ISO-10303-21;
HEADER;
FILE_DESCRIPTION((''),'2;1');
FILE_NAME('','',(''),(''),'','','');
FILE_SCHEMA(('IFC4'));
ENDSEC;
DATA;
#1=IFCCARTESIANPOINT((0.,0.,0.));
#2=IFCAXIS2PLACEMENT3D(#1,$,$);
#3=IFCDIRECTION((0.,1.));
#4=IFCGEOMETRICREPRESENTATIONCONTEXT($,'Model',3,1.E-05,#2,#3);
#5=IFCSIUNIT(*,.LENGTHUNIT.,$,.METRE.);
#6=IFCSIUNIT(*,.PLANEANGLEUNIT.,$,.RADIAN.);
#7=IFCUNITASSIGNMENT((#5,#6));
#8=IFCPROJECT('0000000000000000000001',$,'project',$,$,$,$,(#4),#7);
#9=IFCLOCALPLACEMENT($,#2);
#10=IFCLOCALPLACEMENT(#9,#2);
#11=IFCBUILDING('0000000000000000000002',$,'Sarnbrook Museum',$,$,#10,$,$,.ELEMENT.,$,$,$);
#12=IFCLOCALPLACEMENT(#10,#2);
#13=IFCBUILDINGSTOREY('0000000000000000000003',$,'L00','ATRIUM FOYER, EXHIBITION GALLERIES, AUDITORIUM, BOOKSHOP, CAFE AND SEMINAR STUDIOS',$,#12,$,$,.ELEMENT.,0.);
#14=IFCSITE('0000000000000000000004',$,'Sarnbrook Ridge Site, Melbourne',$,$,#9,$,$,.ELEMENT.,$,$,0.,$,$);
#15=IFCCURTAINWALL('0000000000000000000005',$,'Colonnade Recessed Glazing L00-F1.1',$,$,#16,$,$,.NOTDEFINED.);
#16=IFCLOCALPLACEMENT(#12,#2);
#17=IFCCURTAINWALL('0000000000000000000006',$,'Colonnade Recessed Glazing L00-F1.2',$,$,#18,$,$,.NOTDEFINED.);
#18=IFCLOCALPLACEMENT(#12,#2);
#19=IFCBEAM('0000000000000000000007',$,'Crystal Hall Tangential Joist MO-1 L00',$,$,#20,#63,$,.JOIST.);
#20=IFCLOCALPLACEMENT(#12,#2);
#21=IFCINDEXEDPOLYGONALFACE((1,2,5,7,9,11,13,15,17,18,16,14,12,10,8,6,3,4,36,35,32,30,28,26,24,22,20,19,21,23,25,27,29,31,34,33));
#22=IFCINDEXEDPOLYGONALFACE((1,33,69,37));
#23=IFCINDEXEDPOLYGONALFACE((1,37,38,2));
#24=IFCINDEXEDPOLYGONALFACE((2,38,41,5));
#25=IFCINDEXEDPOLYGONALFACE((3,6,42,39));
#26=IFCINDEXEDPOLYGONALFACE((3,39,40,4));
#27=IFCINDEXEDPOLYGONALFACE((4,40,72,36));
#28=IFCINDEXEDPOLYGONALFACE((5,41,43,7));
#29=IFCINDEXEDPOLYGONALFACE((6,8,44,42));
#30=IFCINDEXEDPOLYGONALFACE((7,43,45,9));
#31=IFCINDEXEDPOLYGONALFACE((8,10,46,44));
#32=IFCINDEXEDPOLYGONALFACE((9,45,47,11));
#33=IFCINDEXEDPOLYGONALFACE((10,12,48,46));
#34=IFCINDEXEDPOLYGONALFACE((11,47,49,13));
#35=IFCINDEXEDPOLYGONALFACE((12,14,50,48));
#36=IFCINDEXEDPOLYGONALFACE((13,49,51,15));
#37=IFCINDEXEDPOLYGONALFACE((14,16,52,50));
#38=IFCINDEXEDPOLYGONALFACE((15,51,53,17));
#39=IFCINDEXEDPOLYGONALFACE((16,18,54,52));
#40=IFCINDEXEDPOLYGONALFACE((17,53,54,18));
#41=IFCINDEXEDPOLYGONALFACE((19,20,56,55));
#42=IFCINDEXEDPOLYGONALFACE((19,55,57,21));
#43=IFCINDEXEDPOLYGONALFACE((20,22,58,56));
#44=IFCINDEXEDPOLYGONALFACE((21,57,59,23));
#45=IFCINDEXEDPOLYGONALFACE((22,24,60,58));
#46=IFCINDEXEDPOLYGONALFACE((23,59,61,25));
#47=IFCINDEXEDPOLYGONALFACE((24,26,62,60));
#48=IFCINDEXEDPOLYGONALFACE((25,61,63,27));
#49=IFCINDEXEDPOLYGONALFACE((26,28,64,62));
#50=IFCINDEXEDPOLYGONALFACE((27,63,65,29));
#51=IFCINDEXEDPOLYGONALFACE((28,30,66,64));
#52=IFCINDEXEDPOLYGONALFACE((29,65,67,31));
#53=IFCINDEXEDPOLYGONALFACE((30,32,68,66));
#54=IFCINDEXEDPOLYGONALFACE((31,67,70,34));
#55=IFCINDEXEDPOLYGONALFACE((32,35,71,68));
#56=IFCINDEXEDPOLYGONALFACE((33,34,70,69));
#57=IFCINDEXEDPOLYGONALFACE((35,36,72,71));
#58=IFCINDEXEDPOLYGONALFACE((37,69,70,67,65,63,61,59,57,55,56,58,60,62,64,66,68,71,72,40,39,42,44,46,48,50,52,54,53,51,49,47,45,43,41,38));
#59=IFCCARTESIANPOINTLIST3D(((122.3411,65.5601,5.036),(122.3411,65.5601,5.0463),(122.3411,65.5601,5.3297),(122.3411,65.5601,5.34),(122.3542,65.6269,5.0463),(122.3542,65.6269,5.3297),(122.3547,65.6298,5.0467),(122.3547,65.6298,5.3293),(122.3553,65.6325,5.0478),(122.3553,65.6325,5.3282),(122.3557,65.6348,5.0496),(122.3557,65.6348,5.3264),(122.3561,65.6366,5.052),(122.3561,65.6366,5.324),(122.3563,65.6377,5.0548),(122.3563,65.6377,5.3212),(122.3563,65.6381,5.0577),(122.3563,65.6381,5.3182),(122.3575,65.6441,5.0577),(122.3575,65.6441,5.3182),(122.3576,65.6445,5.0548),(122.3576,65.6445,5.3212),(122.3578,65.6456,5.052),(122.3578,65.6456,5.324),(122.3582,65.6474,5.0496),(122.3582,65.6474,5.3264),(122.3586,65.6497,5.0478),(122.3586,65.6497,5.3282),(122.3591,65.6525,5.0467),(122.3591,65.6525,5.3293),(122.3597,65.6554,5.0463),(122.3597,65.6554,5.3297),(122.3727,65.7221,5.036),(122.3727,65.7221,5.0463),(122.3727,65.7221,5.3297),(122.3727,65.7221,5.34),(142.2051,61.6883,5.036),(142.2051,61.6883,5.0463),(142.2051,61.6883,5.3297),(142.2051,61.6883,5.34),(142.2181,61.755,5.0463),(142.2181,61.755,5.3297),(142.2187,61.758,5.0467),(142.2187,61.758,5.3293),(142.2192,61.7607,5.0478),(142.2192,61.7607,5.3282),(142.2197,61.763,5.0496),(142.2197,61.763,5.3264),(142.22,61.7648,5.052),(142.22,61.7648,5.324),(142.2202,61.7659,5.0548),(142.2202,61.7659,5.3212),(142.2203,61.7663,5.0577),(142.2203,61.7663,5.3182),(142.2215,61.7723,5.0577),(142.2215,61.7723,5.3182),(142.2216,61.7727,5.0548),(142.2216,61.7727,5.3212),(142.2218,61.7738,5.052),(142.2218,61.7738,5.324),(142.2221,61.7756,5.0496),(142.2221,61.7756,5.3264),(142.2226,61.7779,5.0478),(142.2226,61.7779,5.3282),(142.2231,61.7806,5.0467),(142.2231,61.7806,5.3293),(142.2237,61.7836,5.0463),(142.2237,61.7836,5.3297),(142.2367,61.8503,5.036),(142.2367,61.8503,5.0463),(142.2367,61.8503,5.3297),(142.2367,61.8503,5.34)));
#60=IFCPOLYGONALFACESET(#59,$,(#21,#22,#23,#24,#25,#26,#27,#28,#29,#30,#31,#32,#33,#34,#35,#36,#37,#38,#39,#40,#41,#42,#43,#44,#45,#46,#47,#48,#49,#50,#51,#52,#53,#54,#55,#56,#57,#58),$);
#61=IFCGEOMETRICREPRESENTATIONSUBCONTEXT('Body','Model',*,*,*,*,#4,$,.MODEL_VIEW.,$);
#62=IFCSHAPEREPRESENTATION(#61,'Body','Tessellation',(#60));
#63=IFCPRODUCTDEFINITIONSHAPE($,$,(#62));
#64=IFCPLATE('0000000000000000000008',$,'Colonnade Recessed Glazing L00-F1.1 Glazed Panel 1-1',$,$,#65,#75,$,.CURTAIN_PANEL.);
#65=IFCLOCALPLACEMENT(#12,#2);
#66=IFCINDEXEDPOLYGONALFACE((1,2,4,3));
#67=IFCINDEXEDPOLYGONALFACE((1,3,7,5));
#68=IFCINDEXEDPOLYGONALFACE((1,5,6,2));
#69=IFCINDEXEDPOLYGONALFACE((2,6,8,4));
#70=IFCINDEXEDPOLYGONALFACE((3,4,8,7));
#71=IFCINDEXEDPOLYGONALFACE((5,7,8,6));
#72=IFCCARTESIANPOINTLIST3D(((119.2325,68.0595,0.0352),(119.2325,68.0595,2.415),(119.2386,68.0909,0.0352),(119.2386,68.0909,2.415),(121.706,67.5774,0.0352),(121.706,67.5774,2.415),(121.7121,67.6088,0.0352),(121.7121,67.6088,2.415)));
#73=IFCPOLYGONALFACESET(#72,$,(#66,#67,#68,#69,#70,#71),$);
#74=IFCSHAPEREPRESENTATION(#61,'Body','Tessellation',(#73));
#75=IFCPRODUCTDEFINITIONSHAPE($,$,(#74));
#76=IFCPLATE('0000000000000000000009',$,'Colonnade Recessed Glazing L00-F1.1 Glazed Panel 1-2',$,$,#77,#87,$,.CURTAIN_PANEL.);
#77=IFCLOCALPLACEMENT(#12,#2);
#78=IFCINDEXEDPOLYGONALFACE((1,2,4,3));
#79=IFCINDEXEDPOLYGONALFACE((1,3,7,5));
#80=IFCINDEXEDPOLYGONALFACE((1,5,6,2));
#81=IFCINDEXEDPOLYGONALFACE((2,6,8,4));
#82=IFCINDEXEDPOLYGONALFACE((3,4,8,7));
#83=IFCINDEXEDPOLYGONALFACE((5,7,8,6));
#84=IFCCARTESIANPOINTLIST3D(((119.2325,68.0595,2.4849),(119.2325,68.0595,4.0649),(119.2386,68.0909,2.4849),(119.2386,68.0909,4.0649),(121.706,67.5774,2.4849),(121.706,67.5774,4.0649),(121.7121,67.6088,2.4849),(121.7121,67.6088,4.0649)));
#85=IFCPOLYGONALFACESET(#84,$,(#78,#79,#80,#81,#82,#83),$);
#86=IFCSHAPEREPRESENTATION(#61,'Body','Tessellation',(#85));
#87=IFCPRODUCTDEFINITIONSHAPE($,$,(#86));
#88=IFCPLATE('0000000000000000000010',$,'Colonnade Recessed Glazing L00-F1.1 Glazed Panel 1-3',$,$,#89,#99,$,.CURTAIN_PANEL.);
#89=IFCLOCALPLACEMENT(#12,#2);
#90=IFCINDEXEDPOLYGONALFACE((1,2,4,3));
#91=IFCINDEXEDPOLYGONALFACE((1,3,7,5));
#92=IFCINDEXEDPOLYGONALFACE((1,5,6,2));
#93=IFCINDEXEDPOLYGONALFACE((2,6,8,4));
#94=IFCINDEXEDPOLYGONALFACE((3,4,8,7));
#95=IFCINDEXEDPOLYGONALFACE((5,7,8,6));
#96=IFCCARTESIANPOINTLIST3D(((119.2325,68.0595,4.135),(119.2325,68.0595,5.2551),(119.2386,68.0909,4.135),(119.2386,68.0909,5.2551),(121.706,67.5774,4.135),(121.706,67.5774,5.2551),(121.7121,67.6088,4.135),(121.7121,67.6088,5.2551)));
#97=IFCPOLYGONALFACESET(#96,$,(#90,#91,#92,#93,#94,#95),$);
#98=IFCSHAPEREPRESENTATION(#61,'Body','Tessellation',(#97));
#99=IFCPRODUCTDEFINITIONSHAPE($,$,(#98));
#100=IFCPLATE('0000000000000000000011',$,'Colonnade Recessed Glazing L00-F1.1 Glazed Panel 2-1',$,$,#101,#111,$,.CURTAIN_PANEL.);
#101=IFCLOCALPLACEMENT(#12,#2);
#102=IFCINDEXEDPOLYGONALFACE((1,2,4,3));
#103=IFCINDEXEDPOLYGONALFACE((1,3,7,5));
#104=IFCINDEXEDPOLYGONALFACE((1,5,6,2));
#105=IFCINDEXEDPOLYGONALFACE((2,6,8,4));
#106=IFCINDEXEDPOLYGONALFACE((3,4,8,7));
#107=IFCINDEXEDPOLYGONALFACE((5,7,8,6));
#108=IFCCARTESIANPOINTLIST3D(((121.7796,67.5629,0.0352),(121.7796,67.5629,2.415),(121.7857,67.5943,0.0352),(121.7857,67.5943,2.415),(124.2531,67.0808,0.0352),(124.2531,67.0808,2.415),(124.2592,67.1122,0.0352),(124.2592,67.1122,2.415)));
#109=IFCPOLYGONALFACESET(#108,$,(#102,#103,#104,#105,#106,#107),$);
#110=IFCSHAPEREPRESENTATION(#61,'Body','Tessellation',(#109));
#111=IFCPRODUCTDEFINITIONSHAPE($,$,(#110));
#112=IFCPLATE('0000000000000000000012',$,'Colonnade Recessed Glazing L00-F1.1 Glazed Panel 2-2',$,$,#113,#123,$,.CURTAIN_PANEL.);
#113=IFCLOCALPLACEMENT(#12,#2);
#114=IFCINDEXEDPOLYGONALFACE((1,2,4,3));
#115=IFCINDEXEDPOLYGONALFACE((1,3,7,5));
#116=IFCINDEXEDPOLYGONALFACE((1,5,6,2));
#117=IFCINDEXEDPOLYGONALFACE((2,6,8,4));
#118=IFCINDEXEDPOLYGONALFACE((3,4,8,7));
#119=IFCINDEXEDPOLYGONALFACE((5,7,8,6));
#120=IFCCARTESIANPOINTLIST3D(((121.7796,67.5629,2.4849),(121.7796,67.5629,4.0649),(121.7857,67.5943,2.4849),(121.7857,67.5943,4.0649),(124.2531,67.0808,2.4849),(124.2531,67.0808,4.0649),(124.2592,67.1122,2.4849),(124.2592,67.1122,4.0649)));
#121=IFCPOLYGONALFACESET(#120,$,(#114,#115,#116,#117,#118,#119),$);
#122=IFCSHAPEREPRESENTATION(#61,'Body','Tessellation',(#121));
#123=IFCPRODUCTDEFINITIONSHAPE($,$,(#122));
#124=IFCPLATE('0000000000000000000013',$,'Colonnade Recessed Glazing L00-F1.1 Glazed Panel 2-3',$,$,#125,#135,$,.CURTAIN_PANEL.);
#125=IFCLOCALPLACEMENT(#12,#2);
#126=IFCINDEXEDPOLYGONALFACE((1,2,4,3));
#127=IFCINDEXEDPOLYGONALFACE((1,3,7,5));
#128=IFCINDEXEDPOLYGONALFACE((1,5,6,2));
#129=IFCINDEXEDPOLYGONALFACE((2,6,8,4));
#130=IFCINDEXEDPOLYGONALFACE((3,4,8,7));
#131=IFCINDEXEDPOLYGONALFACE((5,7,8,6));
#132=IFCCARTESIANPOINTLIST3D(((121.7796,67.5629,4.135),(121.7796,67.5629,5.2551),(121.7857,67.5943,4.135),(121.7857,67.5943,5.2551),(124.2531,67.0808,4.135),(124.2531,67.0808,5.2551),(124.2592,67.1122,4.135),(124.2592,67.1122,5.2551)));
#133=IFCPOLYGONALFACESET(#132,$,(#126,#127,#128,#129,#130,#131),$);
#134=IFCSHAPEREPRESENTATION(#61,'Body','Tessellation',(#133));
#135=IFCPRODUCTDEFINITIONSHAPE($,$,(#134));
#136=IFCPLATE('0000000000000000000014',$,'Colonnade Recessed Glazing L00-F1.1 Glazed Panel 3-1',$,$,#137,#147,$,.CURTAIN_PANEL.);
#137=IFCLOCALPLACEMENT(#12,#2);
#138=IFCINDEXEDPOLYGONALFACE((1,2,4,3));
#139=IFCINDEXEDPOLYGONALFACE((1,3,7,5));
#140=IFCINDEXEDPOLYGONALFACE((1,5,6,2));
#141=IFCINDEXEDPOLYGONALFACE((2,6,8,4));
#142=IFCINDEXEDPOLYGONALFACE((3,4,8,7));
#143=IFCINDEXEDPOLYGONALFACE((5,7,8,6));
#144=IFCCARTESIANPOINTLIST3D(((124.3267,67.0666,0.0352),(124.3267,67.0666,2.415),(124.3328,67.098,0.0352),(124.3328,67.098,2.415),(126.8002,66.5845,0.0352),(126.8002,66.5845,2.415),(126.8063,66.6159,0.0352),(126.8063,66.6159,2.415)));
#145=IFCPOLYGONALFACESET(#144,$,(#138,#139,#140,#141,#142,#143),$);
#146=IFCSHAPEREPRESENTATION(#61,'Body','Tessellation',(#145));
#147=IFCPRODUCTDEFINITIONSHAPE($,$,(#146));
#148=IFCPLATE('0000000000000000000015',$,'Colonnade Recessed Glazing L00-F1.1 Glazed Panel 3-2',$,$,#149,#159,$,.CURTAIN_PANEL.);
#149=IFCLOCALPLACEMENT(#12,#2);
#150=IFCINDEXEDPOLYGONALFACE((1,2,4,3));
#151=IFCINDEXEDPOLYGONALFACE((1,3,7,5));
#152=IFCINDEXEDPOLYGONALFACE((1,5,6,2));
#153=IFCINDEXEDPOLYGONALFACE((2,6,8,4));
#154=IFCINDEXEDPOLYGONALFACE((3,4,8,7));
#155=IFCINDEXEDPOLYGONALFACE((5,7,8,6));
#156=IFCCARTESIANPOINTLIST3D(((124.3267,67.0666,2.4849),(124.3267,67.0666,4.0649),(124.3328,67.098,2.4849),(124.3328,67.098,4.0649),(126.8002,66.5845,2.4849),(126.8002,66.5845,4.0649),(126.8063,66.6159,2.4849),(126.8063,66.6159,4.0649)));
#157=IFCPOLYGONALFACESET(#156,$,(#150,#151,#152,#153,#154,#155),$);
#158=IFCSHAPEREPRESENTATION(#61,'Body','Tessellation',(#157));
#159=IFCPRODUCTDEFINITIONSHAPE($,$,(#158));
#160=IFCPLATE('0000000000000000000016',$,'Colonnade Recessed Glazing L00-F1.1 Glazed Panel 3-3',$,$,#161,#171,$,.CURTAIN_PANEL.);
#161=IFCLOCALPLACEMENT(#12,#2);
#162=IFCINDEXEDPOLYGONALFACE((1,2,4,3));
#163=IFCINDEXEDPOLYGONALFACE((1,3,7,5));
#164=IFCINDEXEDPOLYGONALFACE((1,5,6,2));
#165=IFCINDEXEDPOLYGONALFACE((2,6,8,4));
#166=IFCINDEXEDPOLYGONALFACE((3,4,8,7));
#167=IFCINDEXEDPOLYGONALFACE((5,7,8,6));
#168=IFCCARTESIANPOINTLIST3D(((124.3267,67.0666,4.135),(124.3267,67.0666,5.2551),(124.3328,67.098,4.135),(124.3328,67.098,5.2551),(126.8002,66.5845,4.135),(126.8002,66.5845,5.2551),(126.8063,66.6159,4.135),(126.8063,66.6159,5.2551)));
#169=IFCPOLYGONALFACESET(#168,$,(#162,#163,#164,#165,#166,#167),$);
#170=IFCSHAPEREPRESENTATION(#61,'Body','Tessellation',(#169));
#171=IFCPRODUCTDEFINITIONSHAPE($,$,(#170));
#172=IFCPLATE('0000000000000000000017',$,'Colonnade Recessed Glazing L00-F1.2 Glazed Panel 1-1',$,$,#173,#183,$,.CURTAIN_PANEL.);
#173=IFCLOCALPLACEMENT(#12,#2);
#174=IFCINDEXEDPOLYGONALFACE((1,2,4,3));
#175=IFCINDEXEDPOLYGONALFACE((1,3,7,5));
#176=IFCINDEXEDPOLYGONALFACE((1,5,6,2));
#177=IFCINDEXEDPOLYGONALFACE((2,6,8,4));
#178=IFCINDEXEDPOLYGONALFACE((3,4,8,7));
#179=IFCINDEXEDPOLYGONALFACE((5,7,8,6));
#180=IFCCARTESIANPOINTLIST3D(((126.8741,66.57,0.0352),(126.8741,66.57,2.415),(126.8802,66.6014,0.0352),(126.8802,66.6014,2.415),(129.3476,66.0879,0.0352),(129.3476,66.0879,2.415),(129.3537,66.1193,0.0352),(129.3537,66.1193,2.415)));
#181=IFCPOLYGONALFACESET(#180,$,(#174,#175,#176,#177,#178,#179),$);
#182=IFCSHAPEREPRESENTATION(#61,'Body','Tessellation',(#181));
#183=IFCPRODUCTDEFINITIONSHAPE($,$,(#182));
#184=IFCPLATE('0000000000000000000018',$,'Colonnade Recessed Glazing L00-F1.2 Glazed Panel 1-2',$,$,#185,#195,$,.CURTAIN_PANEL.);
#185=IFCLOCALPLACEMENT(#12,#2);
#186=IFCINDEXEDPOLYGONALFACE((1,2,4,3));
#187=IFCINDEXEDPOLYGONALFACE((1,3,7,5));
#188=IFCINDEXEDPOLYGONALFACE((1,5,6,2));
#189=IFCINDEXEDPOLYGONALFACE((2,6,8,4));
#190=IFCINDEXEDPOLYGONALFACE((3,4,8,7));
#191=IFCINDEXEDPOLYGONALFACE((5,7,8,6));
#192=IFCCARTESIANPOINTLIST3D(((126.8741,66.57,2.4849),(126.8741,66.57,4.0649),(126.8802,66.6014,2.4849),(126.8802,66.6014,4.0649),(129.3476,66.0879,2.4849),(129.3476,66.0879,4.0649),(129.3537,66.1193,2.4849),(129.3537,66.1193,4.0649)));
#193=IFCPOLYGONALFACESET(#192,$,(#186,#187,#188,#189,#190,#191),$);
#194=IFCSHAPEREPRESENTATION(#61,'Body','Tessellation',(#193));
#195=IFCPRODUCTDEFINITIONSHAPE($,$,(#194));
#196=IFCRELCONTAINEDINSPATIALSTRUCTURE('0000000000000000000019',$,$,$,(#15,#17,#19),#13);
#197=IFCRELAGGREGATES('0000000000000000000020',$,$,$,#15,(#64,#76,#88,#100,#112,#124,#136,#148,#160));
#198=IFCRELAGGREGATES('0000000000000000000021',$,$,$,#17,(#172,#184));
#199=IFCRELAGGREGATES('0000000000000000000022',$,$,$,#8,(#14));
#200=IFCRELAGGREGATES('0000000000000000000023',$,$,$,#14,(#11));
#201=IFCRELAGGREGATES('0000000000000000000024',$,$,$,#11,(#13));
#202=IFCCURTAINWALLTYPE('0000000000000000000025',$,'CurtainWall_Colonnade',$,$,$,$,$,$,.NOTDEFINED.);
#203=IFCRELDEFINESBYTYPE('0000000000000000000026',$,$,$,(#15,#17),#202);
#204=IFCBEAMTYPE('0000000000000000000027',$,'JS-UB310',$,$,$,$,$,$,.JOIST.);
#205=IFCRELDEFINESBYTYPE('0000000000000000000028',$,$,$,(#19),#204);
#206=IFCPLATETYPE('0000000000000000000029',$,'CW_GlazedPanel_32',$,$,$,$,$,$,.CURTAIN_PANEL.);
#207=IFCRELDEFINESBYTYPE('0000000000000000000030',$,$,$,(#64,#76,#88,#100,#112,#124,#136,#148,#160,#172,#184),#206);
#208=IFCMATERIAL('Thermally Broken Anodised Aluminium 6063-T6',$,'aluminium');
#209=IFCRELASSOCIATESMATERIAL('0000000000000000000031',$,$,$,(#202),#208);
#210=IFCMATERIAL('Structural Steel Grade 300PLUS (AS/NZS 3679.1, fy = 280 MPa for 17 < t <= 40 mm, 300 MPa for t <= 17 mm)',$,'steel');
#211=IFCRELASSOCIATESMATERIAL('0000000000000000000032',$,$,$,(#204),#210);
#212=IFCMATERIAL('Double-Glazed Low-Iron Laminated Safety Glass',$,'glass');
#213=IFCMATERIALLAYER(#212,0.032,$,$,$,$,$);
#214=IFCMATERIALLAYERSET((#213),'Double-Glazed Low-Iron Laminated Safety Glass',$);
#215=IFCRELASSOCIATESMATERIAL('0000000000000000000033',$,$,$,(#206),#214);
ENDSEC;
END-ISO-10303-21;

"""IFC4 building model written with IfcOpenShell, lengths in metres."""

from ifc_helpers import new_model, si_unit, direction, frame, origin, origin_2d, place, context, subcontext, project, spatial, rectangle, i_section, extrude, material, layer, layer_set, material_profile, profile_set, type_object, element, aggregate, save


model = new_model("IFC4")

# Units and contexts
model_context = context("Model", 3, precision=1e-05, world=origin(), true_north=direction((0.0, 1.0)))
body_context = subcontext(model_context, "Body", "Model", "MODEL_VIEW")
ifc_project = project(units=[si_unit("LENGTHUNIT", "METRE"), si_unit("PLANEANGLEUNIT", "RADIAN")], contexts=[model_context])

# Site, building, storey
site_placement = place(None, origin())
site = spatial("IfcSite", under=ifc_project, at=site_placement, Name="Sarnbrook Ridge Site, Melbourne", CompositionType="ELEMENT", RefElevation=0.0)
building_placement = place(site_placement, origin())
building = spatial("IfcBuilding", under=site, at=building_placement, Name="Sarnbrook Museum", CompositionType="ELEMENT")
storey_placement = place(building_placement, origin())
storey = spatial("IfcBuildingStorey", under=building, at=storey_placement, Name="L00", Description="ATRIUM FOYER, EXHIBITION GALLERIES, AUDITORIUM, BOOKSHOP, CAFE AND SEMINAR STUDIOS", CompositionType="ELEMENT", Elevation=0.0)

# Curtain walls
ifc_material_1 = material(Name="Thermally Broken Anodised Aluminium 6063-T6", Category="aluminium")
curtain_wall_type = type_object("IfcCurtainWallType", Name="CurtainWall_Colonnade", PredefinedType="NOTDEFINED", material=ifc_material_1)
curtain_wall_1_placement = place(storey_placement, origin())
curtain_wall_1 = element("IfcCurtainWall", 1, at=curtain_wall_1_placement, inside=storey, type_object=curtain_wall_type, Name="Colonnade Recessed Glazing L00-F1.1", PredefinedType="NOTDEFINED")
curtain_wall_2_placement = place(storey_placement, origin())
curtain_wall_2 = element("IfcCurtainWall", 2, at=curtain_wall_2_placement, inside=storey, type_object=curtain_wall_type, Name="Colonnade Recessed Glazing L00-F1.2", PredefinedType="NOTDEFINED")

# Beam
ifc_material_2 = material(Name="Structural Steel Grade 300PLUS (AS/NZS 3679.1, fy = 280 MPa for 17 < t <= 40 mm, 300 MPa for t <= 17 mm)", Category="steel")
ifc_material_profile_1 = material_profile(ifc_material_2, i_section(OverallWidth=0.165, OverallDepth=0.304, WebThickness=0.0061, FlangeThickness=0.0103, FilletRadius=0.0115, at=origin_2d()), Name="310UB40.4")
ifc_profile_set_1 = profile_set([ifc_material_profile_1], Name="Structural Steel Grade 300PLUS (AS/NZS 3679.1, fy = 280 MPa for 17 < t <= 40 mm, 300 MPa for t <= 17 mm)")
beam_type_1 = type_object("IfcBeamType", Name="JS-UB310", PredefinedType="JOIST", material=ifc_profile_set_1)
beam_1_placement = place(storey_placement, frame((122.3569, 65.6411, 5.188), z_axis=(0.981528, -0.191316, 0.0), x_axis=(0.191316, 0.981528, 0.0)))
element("IfcBeam", 3, at=beam_1_placement, inside=storey, type_object=beam_type_1, Name="Crystal Hall Tangential Joist MO-1 L00", PredefinedType="JOIST", context=body_context, shape_type="SweptSolid", body=[
    extrude(i_section(OverallWidth=0.165, OverallDepth=0.304, WebThickness=0.0061, FlangeThickness=0.0103, FilletRadius=0.0115, at=origin_2d()), origin(), (0.0, 0.0, 1.0), 20.2378),
])

# Plates
ifc_material_3 = material(Name="Double-Glazed Low-Iron Laminated Safety Glass", Category="glass")
ifc_layer = layer(ifc_material_3, 0.032)
ifc_layer_set = layer_set([ifc_layer], Name="Double-Glazed Low-Iron Laminated Safety Glass")
plate_type = type_object("IfcPlateType", Name="CW_GlazedPanel_32", PredefinedType="CURTAIN_PANEL", material=ifc_layer_set)
plate_1_placement = place(storey_placement, frame((120.4753, 67.8499, 1.2251), z_axis=(-0.191314, -0.981529, 0.0), x_axis=(0.981529, -0.191314, 0.0)))
plate_1 = element("IfcPlate", 4, at=plate_1_placement, type_object=plate_type, Name="Colonnade Recessed Glazing L00-F1.1 Glazed Panel 1-1", PredefinedType="CURTAIN_PANEL", context=body_context, shape_type="SweptSolid", body=[
    extrude(rectangle(XDim=2.52, YDim=2.3799, at=origin_2d()), origin(), (0.0, 0.0, 1.0), 0.032),
])
plate_2_placement = place(storey_placement, frame((120.4753, 67.8499, 3.2749), z_axis=(-0.191314, -0.981529, 0.0), x_axis=(0.981529, -0.191314, 0.0)))
plate_2 = element("IfcPlate", 5, at=plate_2_placement, type_object=plate_type, Name="Colonnade Recessed Glazing L00-F1.1 Glazed Panel 1-2", PredefinedType="CURTAIN_PANEL", context=body_context, shape_type="SweptSolid", body=[
    extrude(rectangle(XDim=2.52, YDim=1.5801, at=origin_2d()), origin(), (0.0, 0.0, 1.0), 0.032),
])
plate_3_placement = place(storey_placement, frame((120.4753, 67.8499, 4.6951), z_axis=(-0.191314, -0.981529, 0.0), x_axis=(0.981529, -0.191314, 0.0)))
plate_3 = element("IfcPlate", 6, at=plate_3_placement, type_object=plate_type, Name="Colonnade Recessed Glazing L00-F1.1 Glazed Panel 1-3", PredefinedType="CURTAIN_PANEL", context=body_context, shape_type="SweptSolid", body=[
    extrude(rectangle(XDim=2.52, YDim=1.1201, at=origin_2d()), origin(), (0.0, 0.0, 1.0), 0.032),
])
plate_4_placement = place(storey_placement, frame((123.0225, 67.3533, 1.2251), z_axis=(-0.191314, -0.981529, 0.0), x_axis=(0.981529, -0.191314, 0.0)))
plate_4 = element("IfcPlate", 7, at=plate_4_placement, type_object=plate_type, Name="Colonnade Recessed Glazing L00-F1.1 Glazed Panel 2-1", PredefinedType="CURTAIN_PANEL", context=body_context, shape_type="SweptSolid", body=[
    extrude(rectangle(XDim=2.52, YDim=2.3799, at=origin_2d()), origin(), (0.0, 0.0, 1.0), 0.032),
])
plate_5_placement = place(storey_placement, frame((123.0225, 67.3533, 3.2749), z_axis=(-0.191314, -0.981529, 0.0), x_axis=(0.981529, -0.191314, 0.0)))
plate_5 = element("IfcPlate", 8, at=plate_5_placement, type_object=plate_type, Name="Colonnade Recessed Glazing L00-F1.1 Glazed Panel 2-2", PredefinedType="CURTAIN_PANEL", context=body_context, shape_type="SweptSolid", body=[
    extrude(rectangle(XDim=2.52, YDim=1.5801, at=origin_2d()), origin(), (0.0, 0.0, 1.0), 0.032),
])
plate_6_placement = place(storey_placement, frame((123.0225, 67.3533, 4.6951), z_axis=(-0.191314, -0.981529, 0.0), x_axis=(0.981529, -0.191314, 0.0)))
plate_6 = element("IfcPlate", 9, at=plate_6_placement, type_object=plate_type, Name="Colonnade Recessed Glazing L00-F1.1 Glazed Panel 2-3", PredefinedType="CURTAIN_PANEL", context=body_context, shape_type="SweptSolid", body=[
    extrude(rectangle(XDim=2.52, YDim=1.1201, at=origin_2d()), origin(), (0.0, 0.0, 1.0), 0.032),
])
plate_7_placement = place(storey_placement, frame((125.5696, 66.8569, 1.2251), z_axis=(-0.191314, -0.981529, 0.0), x_axis=(0.981529, -0.191314, 0.0)))
plate_7 = element("IfcPlate", 10, at=plate_7_placement, type_object=plate_type, Name="Colonnade Recessed Glazing L00-F1.1 Glazed Panel 3-1", PredefinedType="CURTAIN_PANEL", context=body_context, shape_type="SweptSolid", body=[
    extrude(rectangle(XDim=2.52, YDim=2.3799, at=origin_2d()), origin(), (0.0, 0.0, 1.0), 0.032),
])
plate_8_placement = place(storey_placement, frame((125.5696, 66.8569, 3.2749), z_axis=(-0.191314, -0.981529, 0.0), x_axis=(0.981529, -0.191314, 0.0)))
plate_8 = element("IfcPlate", 11, at=plate_8_placement, type_object=plate_type, Name="Colonnade Recessed Glazing L00-F1.1 Glazed Panel 3-2", PredefinedType="CURTAIN_PANEL", context=body_context, shape_type="SweptSolid", body=[
    extrude(rectangle(XDim=2.52, YDim=1.5801, at=origin_2d()), origin(), (0.0, 0.0, 1.0), 0.032),
])
plate_9_placement = place(storey_placement, frame((125.5696, 66.8569, 4.6951), z_axis=(-0.191314, -0.981529, 0.0), x_axis=(0.981529, -0.191314, 0.0)))
plate_9 = element("IfcPlate", 12, at=plate_9_placement, type_object=plate_type, Name="Colonnade Recessed Glazing L00-F1.1 Glazed Panel 3-3", PredefinedType="CURTAIN_PANEL", context=body_context, shape_type="SweptSolid", body=[
    extrude(rectangle(XDim=2.52, YDim=1.1201, at=origin_2d()), origin(), (0.0, 0.0, 1.0), 0.032),
])
aggregate(curtain_wall_1, [plate_1, plate_2, plate_3, plate_4, plate_5, plate_6, plate_7, plate_8, plate_9])
plate_10_placement = place(storey_placement, frame((128.1169, 66.3604, 1.2251), z_axis=(-0.191314, -0.981529, 0.0), x_axis=(0.981529, -0.191314, 0.0)))
plate_10 = element("IfcPlate", 13, at=plate_10_placement, type_object=plate_type, Name="Colonnade Recessed Glazing L00-F1.2 Glazed Panel 1-1", PredefinedType="CURTAIN_PANEL", context=body_context, shape_type="SweptSolid", body=[
    extrude(rectangle(XDim=2.52, YDim=2.3799, at=origin_2d()), origin(), (0.0, 0.0, 1.0), 0.032),
])
plate_11_placement = place(storey_placement, frame((128.1169, 66.3604, 3.2749), z_axis=(-0.191314, -0.981529, 0.0), x_axis=(0.981529, -0.191314, 0.0)))
plate_11 = element("IfcPlate", 14, at=plate_11_placement, type_object=plate_type, Name="Colonnade Recessed Glazing L00-F1.2 Glazed Panel 1-2", PredefinedType="CURTAIN_PANEL", context=body_context, shape_type="SweptSolid", body=[
    extrude(rectangle(XDim=2.52, YDim=1.5801, at=origin_2d()), origin(), (0.0, 0.0, 1.0), 0.032),
])
aggregate(curtain_wall_2, [plate_10, plate_11])

save(model, "model.ifc")
